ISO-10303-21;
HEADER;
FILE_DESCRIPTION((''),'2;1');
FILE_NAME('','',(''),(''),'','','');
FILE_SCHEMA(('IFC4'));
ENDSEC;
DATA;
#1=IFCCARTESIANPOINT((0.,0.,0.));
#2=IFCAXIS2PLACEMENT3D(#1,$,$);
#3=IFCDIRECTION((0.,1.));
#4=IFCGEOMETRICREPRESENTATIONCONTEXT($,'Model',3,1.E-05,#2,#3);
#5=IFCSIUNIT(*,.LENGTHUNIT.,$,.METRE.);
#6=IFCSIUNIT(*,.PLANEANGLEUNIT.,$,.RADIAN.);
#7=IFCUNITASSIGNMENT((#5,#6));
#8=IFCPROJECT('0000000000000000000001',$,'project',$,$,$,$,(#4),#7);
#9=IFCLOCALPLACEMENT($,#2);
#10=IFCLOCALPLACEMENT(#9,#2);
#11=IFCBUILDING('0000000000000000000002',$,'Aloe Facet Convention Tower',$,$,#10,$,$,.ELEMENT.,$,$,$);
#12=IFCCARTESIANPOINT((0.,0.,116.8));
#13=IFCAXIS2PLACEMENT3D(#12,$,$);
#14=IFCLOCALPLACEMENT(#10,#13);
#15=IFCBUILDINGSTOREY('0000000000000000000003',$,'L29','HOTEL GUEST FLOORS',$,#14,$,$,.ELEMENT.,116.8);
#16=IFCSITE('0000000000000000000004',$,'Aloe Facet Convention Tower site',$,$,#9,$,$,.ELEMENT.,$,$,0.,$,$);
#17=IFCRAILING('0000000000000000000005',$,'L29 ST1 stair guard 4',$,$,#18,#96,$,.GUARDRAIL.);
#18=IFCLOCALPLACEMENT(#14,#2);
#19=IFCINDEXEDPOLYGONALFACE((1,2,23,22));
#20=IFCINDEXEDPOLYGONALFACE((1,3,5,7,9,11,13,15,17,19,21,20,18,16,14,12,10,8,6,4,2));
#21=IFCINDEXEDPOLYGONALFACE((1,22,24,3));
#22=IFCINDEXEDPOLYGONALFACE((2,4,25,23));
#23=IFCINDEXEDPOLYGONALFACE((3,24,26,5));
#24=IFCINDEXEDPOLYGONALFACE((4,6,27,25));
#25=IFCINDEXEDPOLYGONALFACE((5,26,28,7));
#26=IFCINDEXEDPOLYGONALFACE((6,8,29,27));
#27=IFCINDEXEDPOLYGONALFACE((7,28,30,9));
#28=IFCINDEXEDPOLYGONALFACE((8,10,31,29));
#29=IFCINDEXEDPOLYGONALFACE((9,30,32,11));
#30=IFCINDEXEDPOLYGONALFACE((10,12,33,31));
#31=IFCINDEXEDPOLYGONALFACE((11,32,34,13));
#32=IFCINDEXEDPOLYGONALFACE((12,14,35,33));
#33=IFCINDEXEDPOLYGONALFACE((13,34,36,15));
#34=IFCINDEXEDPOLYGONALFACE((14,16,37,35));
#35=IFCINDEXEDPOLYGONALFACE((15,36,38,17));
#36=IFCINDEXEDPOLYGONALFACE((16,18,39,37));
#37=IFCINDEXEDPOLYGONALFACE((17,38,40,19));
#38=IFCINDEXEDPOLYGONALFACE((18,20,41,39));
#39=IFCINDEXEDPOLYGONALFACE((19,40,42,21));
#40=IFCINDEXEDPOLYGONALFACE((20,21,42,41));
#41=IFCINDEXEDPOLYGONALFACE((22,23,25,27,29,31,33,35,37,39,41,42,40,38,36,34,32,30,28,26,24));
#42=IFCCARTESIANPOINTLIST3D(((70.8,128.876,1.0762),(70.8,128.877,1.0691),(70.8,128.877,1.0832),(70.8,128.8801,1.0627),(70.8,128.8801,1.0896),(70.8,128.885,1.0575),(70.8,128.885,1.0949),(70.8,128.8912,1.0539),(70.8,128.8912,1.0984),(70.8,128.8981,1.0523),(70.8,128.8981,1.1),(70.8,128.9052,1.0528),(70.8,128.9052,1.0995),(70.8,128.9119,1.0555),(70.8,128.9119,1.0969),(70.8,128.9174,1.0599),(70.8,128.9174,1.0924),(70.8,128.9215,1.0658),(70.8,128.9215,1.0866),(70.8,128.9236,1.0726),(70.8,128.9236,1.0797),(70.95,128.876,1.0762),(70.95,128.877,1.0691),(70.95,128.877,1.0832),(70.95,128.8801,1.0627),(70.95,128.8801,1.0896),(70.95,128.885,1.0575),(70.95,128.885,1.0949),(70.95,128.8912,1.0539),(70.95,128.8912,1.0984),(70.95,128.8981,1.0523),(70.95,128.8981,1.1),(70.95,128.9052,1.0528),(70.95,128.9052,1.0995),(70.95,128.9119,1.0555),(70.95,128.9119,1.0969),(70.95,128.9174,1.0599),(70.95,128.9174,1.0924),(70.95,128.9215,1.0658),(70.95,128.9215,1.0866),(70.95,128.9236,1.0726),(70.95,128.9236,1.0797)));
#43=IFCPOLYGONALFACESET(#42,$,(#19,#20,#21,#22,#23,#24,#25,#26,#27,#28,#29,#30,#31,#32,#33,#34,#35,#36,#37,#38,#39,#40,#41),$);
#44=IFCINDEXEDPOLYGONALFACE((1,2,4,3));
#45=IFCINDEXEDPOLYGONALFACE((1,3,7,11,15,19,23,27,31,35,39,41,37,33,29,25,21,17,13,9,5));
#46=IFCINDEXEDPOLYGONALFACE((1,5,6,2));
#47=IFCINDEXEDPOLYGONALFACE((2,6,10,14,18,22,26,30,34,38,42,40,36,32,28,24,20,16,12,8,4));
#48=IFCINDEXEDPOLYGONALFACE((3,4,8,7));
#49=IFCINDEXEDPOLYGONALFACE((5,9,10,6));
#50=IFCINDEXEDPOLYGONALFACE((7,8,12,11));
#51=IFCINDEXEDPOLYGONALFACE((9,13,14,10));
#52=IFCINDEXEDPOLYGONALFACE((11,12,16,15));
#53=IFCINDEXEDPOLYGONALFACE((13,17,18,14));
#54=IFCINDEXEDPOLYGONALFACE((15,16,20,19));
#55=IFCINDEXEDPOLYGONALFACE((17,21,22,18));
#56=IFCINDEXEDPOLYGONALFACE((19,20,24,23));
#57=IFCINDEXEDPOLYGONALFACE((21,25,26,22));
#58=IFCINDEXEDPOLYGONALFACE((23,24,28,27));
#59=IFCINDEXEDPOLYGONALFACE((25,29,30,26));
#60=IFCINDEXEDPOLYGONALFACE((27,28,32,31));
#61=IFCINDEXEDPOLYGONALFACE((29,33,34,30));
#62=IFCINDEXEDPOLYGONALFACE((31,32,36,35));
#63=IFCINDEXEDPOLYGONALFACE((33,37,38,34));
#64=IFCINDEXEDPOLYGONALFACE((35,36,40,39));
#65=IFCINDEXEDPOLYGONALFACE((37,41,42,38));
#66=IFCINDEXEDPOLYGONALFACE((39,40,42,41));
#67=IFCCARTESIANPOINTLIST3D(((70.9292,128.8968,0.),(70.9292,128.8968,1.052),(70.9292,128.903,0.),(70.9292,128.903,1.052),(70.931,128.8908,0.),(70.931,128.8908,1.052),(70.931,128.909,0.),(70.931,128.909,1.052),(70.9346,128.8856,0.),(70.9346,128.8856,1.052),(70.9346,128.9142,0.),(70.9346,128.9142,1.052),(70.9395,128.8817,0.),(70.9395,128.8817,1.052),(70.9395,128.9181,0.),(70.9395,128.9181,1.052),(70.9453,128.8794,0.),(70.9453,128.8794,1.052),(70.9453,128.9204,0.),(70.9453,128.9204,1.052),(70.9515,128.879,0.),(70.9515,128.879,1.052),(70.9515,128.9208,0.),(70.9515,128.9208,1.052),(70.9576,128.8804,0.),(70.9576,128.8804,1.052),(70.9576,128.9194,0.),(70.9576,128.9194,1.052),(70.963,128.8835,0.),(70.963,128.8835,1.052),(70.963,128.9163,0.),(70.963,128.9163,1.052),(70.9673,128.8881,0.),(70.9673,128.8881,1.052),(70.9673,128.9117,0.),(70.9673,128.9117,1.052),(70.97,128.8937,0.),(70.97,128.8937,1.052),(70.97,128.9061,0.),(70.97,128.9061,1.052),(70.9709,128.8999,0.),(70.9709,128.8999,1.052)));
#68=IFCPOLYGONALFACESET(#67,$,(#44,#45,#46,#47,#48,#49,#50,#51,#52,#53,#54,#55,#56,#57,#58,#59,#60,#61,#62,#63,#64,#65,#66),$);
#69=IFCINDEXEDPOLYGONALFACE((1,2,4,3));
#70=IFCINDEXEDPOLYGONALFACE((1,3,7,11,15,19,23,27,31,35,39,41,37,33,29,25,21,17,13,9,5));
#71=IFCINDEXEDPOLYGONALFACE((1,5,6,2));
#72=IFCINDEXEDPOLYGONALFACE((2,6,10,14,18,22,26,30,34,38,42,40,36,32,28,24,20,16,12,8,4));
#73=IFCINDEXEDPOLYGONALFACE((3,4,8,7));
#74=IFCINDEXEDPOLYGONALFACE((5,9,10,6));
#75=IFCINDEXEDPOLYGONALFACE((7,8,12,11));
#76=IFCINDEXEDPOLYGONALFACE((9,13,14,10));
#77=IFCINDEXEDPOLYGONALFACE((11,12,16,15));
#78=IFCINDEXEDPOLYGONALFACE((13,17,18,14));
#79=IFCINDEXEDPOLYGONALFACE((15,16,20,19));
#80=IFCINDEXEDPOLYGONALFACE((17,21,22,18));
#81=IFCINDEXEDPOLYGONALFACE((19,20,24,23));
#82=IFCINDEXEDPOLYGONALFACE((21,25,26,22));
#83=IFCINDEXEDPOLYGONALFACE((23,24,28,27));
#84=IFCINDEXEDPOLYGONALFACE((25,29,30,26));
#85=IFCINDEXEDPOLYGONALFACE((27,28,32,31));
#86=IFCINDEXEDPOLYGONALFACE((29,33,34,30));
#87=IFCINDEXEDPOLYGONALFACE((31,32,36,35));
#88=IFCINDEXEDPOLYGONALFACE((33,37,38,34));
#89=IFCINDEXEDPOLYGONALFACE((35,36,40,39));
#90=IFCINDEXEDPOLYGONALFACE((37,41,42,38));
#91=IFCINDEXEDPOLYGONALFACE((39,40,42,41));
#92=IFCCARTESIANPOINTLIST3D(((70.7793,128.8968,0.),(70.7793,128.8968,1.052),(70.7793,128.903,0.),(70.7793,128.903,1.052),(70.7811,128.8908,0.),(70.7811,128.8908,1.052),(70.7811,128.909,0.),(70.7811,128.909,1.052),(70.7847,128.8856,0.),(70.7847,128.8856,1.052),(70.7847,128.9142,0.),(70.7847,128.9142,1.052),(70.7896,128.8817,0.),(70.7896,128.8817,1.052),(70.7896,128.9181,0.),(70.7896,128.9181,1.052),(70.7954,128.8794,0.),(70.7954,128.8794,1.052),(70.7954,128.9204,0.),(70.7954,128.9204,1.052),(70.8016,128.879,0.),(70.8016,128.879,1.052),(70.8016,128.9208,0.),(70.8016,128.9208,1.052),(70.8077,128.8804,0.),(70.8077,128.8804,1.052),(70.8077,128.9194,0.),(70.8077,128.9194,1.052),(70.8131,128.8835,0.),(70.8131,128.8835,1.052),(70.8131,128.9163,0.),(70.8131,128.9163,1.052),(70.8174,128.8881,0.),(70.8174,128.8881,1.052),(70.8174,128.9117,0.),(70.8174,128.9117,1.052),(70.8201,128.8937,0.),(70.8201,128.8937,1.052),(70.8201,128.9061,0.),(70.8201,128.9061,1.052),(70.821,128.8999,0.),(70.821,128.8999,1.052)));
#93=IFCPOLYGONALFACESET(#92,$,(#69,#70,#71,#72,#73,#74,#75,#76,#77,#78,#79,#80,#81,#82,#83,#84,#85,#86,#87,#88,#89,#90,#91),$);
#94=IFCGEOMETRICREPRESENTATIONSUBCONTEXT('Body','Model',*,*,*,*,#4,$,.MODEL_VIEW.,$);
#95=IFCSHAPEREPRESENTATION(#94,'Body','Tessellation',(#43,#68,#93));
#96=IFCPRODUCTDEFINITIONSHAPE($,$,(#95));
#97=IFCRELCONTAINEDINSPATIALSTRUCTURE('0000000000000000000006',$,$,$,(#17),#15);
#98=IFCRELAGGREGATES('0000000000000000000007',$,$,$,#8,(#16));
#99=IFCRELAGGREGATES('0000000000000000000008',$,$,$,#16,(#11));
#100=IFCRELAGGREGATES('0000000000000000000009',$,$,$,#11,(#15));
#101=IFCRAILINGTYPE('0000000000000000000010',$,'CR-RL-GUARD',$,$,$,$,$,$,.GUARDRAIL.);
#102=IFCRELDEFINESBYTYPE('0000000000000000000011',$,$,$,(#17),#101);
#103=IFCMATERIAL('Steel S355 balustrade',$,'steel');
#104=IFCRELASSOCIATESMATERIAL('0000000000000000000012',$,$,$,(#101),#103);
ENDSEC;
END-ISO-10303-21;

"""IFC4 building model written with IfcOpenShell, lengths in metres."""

from ifc_helpers import new_model, si_unit, direction, frame, origin, origin_2d, place, context, subcontext, project, spatial, circle, extrude, material, type_object, element, save


model = new_model("IFC4")

# Units and contexts
model_context = context("Model", 3, precision=1e-05, world=origin(), true_north=direction((0.0, 1.0)))
body_context = subcontext(model_context, "Body", "Model", "MODEL_VIEW")
ifc_project = project(units=[si_unit("LENGTHUNIT", "METRE"), si_unit("PLANEANGLEUNIT", "RADIAN")], contexts=[model_context])

# Site, building, storey
site_placement = place(None, origin())
site = spatial("IfcSite", under=ifc_project, at=site_placement, Name="Aloe Facet Convention Tower site", CompositionType="ELEMENT", RefElevation=0.0)
building_placement = place(site_placement, origin())
building = spatial("IfcBuilding", under=site, at=building_placement, Name="Aloe Facet Convention Tower", CompositionType="ELEMENT")
storey_placement = place(building_placement, frame((0.0, 0.0, 116.8)))
storey = spatial("IfcBuildingStorey", under=building, at=storey_placement, Name="L29", Description="HOTEL GUEST FLOORS", CompositionType="ELEMENT", Elevation=116.8)

# Railing
ifc_material_1 = material(Name="Steel S355 balustrade", Category="steel")
railing_type_1 = type_object("IfcRailingType", Name="CR-RL-GUARD", PredefinedType="GUARDRAIL", material=ifc_material_1)
railing_1_placement = place(storey_placement, frame((70.95, 128.8999, 0.0)))
element("IfcRailing", 1, at=railing_1_placement, inside=storey, type_object=railing_type_1, Name="L29 ST1 stair guard 4", PredefinedType="GUARDRAIL", context=body_context, shape_type="SweptSolid", body=[
    extrude(circle(Radius=0.0239, at=origin_2d()), frame((0.0, 0.0, 1.0762), z_axis=(-1.0, 0.0, 0.0), x_axis=(0.0, -1.0, 0.0)), (0.0, 0.0, 1.0), 0.1499),
    extrude(circle(Radius=0.021, at=origin_2d()), origin(), (0.0, 0.0, 1.0), 1.052),
    extrude(circle(Radius=0.021, at=origin_2d()), frame((-0.1499, 0.0, 0.0)), (0.0, 0.0, 1.0), 1.052),
])

save(model, "model.ifc")
